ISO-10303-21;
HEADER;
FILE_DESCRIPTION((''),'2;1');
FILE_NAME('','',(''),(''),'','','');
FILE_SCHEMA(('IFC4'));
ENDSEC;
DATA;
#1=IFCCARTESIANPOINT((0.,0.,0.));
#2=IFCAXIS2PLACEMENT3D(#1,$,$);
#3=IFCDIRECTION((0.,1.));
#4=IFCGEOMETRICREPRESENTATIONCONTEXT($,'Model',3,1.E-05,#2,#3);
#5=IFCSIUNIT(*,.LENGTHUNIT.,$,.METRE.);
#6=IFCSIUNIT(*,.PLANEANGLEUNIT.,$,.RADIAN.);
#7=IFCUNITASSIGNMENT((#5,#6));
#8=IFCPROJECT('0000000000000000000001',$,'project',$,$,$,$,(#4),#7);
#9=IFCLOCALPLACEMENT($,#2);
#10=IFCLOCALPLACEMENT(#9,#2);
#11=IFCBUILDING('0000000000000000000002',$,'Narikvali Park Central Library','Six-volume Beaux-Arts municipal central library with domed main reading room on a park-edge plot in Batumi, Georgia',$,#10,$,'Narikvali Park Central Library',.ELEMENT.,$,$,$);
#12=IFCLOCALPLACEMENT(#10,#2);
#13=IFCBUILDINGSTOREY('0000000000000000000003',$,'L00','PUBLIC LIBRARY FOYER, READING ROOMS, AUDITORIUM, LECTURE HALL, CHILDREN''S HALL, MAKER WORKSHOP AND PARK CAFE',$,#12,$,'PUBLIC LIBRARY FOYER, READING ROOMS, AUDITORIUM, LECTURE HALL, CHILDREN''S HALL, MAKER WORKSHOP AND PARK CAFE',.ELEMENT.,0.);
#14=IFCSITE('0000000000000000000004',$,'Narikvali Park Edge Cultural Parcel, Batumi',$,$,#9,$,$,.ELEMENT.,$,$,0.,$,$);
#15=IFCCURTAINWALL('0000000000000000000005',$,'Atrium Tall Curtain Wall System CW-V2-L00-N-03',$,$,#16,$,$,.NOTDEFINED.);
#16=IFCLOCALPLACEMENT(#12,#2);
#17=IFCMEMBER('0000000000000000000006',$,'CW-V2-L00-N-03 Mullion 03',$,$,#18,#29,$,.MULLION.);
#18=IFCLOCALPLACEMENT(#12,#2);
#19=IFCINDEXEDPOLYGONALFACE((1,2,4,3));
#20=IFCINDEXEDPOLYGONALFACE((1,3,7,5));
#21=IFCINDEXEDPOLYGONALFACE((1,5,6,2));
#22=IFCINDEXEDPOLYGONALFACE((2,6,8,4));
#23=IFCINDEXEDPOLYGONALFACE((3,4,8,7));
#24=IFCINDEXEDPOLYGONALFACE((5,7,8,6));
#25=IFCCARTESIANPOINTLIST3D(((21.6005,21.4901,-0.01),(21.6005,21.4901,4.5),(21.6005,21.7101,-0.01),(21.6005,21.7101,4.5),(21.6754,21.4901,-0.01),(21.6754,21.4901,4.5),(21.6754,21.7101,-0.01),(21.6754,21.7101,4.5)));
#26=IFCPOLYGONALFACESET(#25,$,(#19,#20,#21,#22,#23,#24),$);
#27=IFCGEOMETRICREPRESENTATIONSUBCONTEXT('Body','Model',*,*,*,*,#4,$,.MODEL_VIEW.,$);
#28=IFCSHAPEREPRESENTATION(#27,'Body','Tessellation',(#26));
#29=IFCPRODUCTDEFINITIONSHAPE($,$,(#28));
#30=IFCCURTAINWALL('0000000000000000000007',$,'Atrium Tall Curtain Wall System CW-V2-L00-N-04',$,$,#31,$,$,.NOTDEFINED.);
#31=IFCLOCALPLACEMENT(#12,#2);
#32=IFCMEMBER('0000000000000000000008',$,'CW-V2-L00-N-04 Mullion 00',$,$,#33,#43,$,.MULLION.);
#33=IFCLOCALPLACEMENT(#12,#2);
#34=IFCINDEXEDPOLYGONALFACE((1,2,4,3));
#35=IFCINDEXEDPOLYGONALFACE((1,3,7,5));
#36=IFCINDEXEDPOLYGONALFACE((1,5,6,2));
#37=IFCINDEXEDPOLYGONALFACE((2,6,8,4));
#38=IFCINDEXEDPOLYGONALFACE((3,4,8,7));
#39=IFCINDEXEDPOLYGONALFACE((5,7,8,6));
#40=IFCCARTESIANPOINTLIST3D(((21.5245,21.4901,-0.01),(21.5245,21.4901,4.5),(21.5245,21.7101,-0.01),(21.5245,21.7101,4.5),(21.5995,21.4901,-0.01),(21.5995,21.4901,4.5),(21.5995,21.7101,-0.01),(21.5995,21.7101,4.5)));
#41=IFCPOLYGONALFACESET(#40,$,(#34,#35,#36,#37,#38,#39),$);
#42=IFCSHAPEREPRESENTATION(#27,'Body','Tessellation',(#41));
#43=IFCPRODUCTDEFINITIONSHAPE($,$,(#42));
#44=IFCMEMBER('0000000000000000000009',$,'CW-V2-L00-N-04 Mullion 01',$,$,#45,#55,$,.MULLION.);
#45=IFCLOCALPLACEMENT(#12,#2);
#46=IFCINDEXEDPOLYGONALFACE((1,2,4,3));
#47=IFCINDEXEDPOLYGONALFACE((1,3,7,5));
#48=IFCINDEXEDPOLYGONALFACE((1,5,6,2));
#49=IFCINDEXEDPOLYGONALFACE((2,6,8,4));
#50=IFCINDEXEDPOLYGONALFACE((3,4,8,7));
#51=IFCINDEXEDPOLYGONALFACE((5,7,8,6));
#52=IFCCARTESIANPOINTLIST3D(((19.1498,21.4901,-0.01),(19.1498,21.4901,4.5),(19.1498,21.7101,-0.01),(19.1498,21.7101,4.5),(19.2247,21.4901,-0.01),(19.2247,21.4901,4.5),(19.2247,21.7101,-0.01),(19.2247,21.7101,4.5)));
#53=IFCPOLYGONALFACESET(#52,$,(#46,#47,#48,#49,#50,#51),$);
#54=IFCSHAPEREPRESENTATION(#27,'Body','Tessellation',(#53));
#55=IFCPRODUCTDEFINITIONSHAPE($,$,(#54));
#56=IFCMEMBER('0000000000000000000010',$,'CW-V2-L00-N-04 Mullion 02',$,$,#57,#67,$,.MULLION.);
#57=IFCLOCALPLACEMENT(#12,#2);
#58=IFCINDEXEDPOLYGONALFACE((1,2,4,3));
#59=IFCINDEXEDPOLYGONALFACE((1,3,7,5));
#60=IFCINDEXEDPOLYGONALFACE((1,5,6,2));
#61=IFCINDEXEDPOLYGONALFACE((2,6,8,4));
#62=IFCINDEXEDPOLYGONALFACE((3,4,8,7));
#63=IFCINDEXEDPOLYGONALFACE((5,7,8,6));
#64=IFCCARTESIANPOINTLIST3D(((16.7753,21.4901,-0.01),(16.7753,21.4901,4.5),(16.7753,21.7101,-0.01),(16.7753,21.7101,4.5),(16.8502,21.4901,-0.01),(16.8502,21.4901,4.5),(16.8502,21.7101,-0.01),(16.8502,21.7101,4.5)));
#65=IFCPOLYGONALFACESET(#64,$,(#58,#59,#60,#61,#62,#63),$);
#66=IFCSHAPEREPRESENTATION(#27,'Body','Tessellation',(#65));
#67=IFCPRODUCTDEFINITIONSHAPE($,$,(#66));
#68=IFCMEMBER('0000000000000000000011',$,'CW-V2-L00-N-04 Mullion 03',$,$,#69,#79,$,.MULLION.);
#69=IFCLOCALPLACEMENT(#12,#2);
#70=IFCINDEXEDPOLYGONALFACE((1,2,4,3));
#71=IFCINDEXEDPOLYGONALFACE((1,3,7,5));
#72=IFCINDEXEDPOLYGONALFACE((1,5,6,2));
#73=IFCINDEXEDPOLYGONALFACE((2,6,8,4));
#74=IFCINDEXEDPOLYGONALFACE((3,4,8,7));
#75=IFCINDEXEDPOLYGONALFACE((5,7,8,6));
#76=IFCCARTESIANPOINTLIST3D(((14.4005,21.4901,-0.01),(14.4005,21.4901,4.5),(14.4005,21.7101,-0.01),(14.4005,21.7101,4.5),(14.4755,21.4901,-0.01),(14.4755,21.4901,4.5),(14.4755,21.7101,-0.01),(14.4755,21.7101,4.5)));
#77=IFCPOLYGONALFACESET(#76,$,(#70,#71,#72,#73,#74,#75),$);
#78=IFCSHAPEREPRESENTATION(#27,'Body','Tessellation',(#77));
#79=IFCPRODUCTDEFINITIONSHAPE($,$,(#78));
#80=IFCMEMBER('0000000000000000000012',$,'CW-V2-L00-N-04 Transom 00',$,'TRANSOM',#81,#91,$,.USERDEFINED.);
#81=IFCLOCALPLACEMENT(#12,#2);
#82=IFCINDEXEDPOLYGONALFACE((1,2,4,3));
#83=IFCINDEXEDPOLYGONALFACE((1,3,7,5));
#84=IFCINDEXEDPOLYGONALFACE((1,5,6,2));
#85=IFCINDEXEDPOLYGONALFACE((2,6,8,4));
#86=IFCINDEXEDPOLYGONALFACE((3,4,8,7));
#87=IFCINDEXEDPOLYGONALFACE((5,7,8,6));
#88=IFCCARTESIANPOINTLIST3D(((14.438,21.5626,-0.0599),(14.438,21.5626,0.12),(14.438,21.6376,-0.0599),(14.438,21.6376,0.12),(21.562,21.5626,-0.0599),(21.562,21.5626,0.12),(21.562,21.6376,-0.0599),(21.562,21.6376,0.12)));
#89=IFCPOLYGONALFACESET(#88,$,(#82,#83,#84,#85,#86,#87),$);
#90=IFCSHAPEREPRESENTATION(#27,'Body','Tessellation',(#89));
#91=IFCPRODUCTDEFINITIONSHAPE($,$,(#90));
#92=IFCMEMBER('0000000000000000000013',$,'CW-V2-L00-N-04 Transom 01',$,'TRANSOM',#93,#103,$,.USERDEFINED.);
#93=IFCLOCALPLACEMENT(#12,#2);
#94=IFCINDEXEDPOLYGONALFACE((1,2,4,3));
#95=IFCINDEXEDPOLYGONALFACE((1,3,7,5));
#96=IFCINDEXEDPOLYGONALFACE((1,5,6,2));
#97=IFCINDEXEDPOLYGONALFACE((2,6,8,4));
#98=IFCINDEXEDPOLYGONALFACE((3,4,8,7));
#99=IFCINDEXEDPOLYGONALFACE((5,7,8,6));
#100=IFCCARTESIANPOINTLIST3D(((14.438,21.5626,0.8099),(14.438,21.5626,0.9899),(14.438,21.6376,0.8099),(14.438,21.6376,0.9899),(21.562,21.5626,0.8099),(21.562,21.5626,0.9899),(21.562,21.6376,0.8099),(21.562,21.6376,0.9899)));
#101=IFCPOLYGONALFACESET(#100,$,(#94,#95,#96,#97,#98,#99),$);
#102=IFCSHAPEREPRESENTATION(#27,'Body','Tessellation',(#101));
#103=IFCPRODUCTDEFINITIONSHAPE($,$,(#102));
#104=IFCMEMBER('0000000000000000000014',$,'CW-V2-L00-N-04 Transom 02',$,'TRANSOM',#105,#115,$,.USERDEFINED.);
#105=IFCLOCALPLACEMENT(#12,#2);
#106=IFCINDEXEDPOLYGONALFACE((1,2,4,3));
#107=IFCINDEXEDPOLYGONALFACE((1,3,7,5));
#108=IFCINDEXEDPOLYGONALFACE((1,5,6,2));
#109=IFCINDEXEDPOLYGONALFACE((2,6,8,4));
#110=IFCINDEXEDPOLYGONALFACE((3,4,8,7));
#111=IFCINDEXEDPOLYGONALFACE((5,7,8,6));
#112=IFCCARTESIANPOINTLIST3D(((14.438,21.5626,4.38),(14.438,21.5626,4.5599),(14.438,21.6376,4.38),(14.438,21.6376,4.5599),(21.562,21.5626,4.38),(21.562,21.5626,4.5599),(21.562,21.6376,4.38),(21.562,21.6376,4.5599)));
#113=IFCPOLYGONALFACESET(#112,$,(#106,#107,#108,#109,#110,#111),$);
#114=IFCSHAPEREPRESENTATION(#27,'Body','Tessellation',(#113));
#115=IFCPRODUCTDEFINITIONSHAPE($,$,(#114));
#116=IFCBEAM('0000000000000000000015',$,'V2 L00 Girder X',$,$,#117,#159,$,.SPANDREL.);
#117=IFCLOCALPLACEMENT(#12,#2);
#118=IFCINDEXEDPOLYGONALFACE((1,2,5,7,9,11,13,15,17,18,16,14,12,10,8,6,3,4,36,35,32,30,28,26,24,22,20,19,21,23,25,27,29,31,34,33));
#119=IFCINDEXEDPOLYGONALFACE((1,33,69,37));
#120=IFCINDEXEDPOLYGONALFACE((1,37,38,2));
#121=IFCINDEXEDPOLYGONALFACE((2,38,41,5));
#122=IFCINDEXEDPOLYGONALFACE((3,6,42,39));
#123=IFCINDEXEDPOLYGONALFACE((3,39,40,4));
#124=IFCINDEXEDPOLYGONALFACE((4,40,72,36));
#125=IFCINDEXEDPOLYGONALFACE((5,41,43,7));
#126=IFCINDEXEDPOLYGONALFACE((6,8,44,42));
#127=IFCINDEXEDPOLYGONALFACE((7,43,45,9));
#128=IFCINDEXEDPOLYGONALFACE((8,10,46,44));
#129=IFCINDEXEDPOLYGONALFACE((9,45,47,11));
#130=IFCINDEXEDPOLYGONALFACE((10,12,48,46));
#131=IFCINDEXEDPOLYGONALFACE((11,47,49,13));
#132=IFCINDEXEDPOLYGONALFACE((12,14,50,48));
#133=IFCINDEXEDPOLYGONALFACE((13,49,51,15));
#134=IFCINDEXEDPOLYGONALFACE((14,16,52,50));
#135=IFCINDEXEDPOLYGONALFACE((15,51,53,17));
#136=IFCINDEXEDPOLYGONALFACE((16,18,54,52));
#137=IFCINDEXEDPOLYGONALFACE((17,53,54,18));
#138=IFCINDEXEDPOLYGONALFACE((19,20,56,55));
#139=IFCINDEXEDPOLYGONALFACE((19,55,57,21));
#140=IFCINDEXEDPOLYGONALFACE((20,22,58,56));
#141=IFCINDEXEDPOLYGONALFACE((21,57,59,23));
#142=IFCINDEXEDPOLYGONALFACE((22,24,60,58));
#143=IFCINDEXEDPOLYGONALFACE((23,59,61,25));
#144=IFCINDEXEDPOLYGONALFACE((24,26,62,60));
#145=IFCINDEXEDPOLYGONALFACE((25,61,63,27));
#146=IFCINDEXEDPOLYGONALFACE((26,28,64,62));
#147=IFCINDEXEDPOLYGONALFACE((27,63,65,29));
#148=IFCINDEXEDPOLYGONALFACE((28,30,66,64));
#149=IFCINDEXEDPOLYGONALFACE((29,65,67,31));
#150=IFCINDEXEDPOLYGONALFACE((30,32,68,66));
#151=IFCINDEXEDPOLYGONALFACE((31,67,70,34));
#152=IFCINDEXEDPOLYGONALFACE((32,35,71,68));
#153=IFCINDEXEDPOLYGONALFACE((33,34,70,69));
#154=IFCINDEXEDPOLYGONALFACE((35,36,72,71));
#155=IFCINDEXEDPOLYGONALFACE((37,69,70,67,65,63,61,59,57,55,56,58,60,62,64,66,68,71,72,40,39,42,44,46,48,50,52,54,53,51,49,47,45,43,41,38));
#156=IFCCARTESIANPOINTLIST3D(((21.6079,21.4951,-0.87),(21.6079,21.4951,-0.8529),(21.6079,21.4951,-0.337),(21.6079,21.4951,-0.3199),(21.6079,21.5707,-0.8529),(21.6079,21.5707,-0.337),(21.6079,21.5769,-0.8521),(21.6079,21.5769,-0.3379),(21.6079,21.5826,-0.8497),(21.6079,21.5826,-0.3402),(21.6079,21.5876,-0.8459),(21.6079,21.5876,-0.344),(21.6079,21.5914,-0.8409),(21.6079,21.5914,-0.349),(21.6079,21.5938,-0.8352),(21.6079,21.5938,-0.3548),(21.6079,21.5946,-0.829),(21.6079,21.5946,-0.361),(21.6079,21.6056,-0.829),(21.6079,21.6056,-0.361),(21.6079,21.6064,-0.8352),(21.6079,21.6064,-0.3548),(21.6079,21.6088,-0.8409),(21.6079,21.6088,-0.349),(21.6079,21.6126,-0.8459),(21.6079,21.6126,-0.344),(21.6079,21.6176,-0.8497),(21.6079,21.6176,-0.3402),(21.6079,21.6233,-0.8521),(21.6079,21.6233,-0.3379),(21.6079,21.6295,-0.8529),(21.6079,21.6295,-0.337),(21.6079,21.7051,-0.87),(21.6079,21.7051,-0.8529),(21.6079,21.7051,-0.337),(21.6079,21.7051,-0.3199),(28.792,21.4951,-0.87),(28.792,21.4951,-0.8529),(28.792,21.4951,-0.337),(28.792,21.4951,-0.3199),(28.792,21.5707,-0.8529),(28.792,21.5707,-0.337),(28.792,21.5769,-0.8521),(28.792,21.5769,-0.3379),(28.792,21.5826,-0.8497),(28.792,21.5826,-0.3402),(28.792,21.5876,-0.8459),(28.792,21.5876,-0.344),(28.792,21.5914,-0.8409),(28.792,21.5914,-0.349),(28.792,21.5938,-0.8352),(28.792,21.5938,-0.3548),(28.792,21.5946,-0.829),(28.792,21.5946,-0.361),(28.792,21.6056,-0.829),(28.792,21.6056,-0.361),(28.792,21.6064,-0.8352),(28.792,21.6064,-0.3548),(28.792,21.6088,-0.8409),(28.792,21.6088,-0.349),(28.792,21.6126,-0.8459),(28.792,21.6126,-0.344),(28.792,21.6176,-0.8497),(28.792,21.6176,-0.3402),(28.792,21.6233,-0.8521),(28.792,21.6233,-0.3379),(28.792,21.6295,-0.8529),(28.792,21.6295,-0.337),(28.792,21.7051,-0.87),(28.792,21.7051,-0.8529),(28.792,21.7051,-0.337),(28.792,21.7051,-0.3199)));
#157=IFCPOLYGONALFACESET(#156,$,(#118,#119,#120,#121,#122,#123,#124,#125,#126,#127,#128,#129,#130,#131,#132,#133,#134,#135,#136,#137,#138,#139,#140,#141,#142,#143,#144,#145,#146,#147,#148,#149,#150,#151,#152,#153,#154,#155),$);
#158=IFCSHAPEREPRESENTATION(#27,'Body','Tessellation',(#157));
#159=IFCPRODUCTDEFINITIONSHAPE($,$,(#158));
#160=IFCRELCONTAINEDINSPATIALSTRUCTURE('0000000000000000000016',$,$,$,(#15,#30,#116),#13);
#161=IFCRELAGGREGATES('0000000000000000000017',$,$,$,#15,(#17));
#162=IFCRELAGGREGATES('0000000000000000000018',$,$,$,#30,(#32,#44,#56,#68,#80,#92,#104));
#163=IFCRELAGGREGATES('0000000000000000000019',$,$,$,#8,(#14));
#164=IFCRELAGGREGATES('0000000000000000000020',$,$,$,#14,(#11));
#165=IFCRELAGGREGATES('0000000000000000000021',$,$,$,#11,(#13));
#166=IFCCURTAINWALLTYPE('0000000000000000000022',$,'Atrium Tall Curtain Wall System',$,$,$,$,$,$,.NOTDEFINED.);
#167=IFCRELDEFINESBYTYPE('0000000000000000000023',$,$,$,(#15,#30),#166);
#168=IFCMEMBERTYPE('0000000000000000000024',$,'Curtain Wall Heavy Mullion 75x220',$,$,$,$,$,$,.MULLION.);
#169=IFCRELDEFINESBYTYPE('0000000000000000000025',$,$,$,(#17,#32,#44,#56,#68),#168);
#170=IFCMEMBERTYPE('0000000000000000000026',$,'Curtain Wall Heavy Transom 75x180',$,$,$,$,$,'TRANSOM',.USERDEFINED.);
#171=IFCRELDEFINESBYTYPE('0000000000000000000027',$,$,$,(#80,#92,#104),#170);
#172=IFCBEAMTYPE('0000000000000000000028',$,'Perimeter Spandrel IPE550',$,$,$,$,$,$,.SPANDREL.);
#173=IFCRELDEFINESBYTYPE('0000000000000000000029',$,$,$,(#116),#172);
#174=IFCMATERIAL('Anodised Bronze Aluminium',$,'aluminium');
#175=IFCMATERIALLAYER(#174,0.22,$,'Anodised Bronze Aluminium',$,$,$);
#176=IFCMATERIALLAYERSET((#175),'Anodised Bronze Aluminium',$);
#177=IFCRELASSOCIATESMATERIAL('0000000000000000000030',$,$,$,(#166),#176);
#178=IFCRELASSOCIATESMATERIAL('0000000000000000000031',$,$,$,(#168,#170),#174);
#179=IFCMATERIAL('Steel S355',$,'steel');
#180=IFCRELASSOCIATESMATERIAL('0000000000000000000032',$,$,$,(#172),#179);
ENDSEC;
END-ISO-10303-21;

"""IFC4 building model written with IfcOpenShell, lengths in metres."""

from ifc_helpers import new_model, si_unit, direction, frame, origin, origin_2d, place, context, subcontext, project, spatial, rectangle, i_section, extrude, material, layer, layer_set, material_profile, profile_set, type_object, element, aggregate, save


model = new_model("IFC4")

# Units and contexts
model_context = context("Model", 3, precision=1e-05, world=origin(), true_north=direction((0.0, 1.0)))
body_context = subcontext(model_context, "Body", "Model", "MODEL_VIEW")
ifc_project = project(units=[si_unit("LENGTHUNIT", "METRE"), si_unit("PLANEANGLEUNIT", "RADIAN")], contexts=[model_context])

# Site, building, storey
site_placement = place(None, origin())
site = spatial("IfcSite", under=ifc_project, at=site_placement, Name="Narikvali Park Edge Cultural Parcel, Batumi", CompositionType="ELEMENT", RefElevation=0.0)
building_placement = place(site_placement, origin())
building = spatial("IfcBuilding", under=site, at=building_placement, Name="Narikvali Park Central Library", Description="Six-volume Beaux-Arts municipal central library with domed main reading room on a park-edge plot in Batumi, Georgia", LongName="Narikvali Park Central Library", CompositionType="ELEMENT")
storey_placement = place(building_placement, origin())
storey = spatial("IfcBuildingStorey", under=building, at=storey_placement, Name="L00", Description="PUBLIC LIBRARY FOYER, READING ROOMS, AUDITORIUM, LECTURE HALL, CHILDREN'S HALL, MAKER WORKSHOP AND PARK CAFE", LongName="PUBLIC LIBRARY FOYER, READING ROOMS, AUDITORIUM, LECTURE HALL, CHILDREN'S HALL, MAKER WORKSHOP AND PARK CAFE", CompositionType="ELEMENT", Elevation=0.0)

# Shared definitions
ifc_material_1 = material(Name="Steel S355", Category="steel")

# Curtain wall, member
ifc_material_2 = material(Name="Anodised Bronze Aluminium", Category="aluminium")
ifc_layer_1 = layer(ifc_material_2, 0.22, Name="Anodised Bronze Aluminium")
ifc_layer_set_1 = layer_set([ifc_layer_1], Name="Anodised Bronze Aluminium")
curtain_wall_type = type_object("IfcCurtainWallType", Name="Atrium Tall Curtain Wall System", PredefinedType="NOTDEFINED", material=ifc_layer_set_1)
curtain_wall_1_placement = place(storey_placement, origin())
curtain_wall_1 = element("IfcCurtainWall", 1, at=curtain_wall_1_placement, inside=storey, type_object=curtain_wall_type, Name="Atrium Tall Curtain Wall System CW-V2-L00-N-03", PredefinedType="NOTDEFINED")
ifc_material_profile_1 = material_profile(ifc_material_2, rectangle(XDim=0.075, YDim=0.22, at=origin_2d()), Name="CW MULLION 75x220")
ifc_profile_set_1 = profile_set([ifc_material_profile_1], Name="Anodised Bronze Aluminium")
member_type_1 = type_object("IfcMemberType", Name="Curtain Wall Heavy Mullion 75x220", PredefinedType="MULLION", material=ifc_profile_set_1)
member_1_placement = place(storey_placement, frame((21.6379, 21.6001, -0.01), z_axis=(0.0, 0.0, 1.0), x_axis=(1.0, 0.0, 0.0)))
member_1 = element("IfcMember", 2, at=member_1_placement, type_object=member_type_1, Name="CW-V2-L00-N-03 Mullion 03", PredefinedType="MULLION", context=body_context, shape_type="SweptSolid", body=[
    extrude(rectangle(XDim=0.075, YDim=0.22, at=origin_2d()), origin(), (0.0, 0.0, 1.0), 4.51),
])
aggregate(curtain_wall_1, [member_1])

# Curtain wall, members
curtain_wall_2_placement = place(storey_placement, origin())
curtain_wall_2 = element("IfcCurtainWall", 3, at=curtain_wall_2_placement, inside=storey, type_object=curtain_wall_type, Name="Atrium Tall Curtain Wall System CW-V2-L00-N-04", PredefinedType="NOTDEFINED")
member_2_placement = place(storey_placement, frame((21.562, 21.6001, -0.01), z_axis=(0.0, 0.0, 1.0), x_axis=(1.0, 0.0, 0.0)))
member_2 = element("IfcMember", 4, at=member_2_placement, type_object=member_type_1, Name="CW-V2-L00-N-04 Mullion 00", PredefinedType="MULLION", context=body_context, shape_type="SweptSolid", body=[
    extrude(rectangle(XDim=0.075, YDim=0.22, at=origin_2d()), origin(), (0.0, 0.0, 1.0), 4.51),
])
member_3_placement = place(storey_placement, frame((19.1873, 21.6001, -0.01), z_axis=(0.0, 0.0, 1.0), x_axis=(1.0, 0.0, 0.0)))
member_3 = element("IfcMember", 5, at=member_3_placement, type_object=member_type_1, Name="CW-V2-L00-N-04 Mullion 01", PredefinedType="MULLION", context=body_context, shape_type="SweptSolid", body=[
    extrude(rectangle(XDim=0.075, YDim=0.22, at=origin_2d()), origin(), (0.0, 0.0, 1.0), 4.51),
])
member_4_placement = place(storey_placement, frame((16.8127, 21.6001, -0.01), z_axis=(0.0, 0.0, 1.0), x_axis=(1.0, 0.0, 0.0)))
member_4 = element("IfcMember", 6, at=member_4_placement, type_object=member_type_1, Name="CW-V2-L00-N-04 Mullion 02", PredefinedType="MULLION", context=body_context, shape_type="SweptSolid", body=[
    extrude(rectangle(XDim=0.075, YDim=0.22, at=origin_2d()), origin(), (0.0, 0.0, 1.0), 4.51),
])
member_5_placement = place(storey_placement, frame((14.438, 21.6001, -0.01), z_axis=(0.0, 0.0, 1.0), x_axis=(1.0, 0.0, 0.0)))
member_5 = element("IfcMember", 7, at=member_5_placement, type_object=member_type_1, Name="CW-V2-L00-N-04 Mullion 03", PredefinedType="MULLION", context=body_context, shape_type="SweptSolid", body=[
    extrude(rectangle(XDim=0.075, YDim=0.22, at=origin_2d()), origin(), (0.0, 0.0, 1.0), 4.51),
])
ifc_material_profile_2 = material_profile(ifc_material_2, rectangle(XDim=0.075, YDim=0.1799, at=origin_2d()), Name="CW TRANSOM 75x180")
ifc_profile_set_2 = profile_set([ifc_material_profile_2], Name="Anodised Bronze Aluminium")
member_type_2 = type_object("IfcMemberType", Name="Curtain Wall Heavy Transom 75x180", ElementType="TRANSOM", PredefinedType="USERDEFINED", material=ifc_profile_set_2)
member_6_placement = place(storey_placement, frame((21.562, 21.6001, 0.03), z_axis=(-1.0, 0.0, 0.0), x_axis=(0.0, -1.0, 0.0)))
member_6 = element("IfcMember", 8, at=member_6_placement, type_object=member_type_2, Name="CW-V2-L00-N-04 Transom 00", ObjectType="TRANSOM", PredefinedType="USERDEFINED", context=body_context, shape_type="SweptSolid", body=[
    extrude(rectangle(XDim=0.075, YDim=0.1799, at=origin_2d()), origin(), (0.0, 0.0, 1.0), 7.124),
])
member_7_placement = place(storey_placement, frame((21.562, 21.6001, 0.8999), z_axis=(-1.0, 0.0, 0.0), x_axis=(0.0, -1.0, 0.0)))
member_7 = element("IfcMember", 9, at=member_7_placement, type_object=member_type_2, Name="CW-V2-L00-N-04 Transom 01", ObjectType="TRANSOM", PredefinedType="USERDEFINED", context=body_context, shape_type="SweptSolid", body=[
    extrude(rectangle(XDim=0.075, YDim=0.1799, at=origin_2d()), origin(), (0.0, 0.0, 1.0), 7.124),
])
member_8_placement = place(storey_placement, frame((21.562, 21.6001, 4.47), z_axis=(-1.0, 0.0, 0.0), x_axis=(0.0, -1.0, 0.0)))
member_8 = element("IfcMember", 10, at=member_8_placement, type_object=member_type_2, Name="CW-V2-L00-N-04 Transom 02", ObjectType="TRANSOM", PredefinedType="USERDEFINED", context=body_context, shape_type="SweptSolid", body=[
    extrude(rectangle(XDim=0.075, YDim=0.1799, at=origin_2d()), origin(), (0.0, 0.0, 1.0), 7.124),
])

# Beam
ifc_material_profile_3 = material_profile(ifc_material_1, i_section(OverallWidth=0.21, OverallDepth=0.55, WebThickness=0.011, FlangeThickness=0.0171, FilletRadius=0.0239, at=origin_2d()), Name="IPE 550")
ifc_profile_set_3 = profile_set([ifc_material_profile_3], Name="Steel S355")
beam_type_1 = type_object("IfcBeamType", Name="Perimeter Spandrel IPE550", PredefinedType="SPANDREL", material=ifc_profile_set_3)
beam_1_placement = place(storey_placement, frame((21.6079, 21.6001, -0.595), z_axis=(1.0, 0.0, 0.0), x_axis=(0.0, 1.0, 0.0)))
element("IfcBeam", 11, at=beam_1_placement, inside=storey, type_object=beam_type_1, Name="V2 L00 Girder X", PredefinedType="SPANDREL", context=body_context, shape_type="SweptSolid", body=[
    extrude(i_section(OverallWidth=0.21, OverallDepth=0.55, WebThickness=0.011, FlangeThickness=0.0171, FilletRadius=0.0239, at=origin_2d()), origin(), (0.0, 0.0, 1.0), 7.1841),
])

aggregate(curtain_wall_2, [member_2, member_3, member_4, member_5, member_6, member_7, member_8])

save(model, "model.ifc")
